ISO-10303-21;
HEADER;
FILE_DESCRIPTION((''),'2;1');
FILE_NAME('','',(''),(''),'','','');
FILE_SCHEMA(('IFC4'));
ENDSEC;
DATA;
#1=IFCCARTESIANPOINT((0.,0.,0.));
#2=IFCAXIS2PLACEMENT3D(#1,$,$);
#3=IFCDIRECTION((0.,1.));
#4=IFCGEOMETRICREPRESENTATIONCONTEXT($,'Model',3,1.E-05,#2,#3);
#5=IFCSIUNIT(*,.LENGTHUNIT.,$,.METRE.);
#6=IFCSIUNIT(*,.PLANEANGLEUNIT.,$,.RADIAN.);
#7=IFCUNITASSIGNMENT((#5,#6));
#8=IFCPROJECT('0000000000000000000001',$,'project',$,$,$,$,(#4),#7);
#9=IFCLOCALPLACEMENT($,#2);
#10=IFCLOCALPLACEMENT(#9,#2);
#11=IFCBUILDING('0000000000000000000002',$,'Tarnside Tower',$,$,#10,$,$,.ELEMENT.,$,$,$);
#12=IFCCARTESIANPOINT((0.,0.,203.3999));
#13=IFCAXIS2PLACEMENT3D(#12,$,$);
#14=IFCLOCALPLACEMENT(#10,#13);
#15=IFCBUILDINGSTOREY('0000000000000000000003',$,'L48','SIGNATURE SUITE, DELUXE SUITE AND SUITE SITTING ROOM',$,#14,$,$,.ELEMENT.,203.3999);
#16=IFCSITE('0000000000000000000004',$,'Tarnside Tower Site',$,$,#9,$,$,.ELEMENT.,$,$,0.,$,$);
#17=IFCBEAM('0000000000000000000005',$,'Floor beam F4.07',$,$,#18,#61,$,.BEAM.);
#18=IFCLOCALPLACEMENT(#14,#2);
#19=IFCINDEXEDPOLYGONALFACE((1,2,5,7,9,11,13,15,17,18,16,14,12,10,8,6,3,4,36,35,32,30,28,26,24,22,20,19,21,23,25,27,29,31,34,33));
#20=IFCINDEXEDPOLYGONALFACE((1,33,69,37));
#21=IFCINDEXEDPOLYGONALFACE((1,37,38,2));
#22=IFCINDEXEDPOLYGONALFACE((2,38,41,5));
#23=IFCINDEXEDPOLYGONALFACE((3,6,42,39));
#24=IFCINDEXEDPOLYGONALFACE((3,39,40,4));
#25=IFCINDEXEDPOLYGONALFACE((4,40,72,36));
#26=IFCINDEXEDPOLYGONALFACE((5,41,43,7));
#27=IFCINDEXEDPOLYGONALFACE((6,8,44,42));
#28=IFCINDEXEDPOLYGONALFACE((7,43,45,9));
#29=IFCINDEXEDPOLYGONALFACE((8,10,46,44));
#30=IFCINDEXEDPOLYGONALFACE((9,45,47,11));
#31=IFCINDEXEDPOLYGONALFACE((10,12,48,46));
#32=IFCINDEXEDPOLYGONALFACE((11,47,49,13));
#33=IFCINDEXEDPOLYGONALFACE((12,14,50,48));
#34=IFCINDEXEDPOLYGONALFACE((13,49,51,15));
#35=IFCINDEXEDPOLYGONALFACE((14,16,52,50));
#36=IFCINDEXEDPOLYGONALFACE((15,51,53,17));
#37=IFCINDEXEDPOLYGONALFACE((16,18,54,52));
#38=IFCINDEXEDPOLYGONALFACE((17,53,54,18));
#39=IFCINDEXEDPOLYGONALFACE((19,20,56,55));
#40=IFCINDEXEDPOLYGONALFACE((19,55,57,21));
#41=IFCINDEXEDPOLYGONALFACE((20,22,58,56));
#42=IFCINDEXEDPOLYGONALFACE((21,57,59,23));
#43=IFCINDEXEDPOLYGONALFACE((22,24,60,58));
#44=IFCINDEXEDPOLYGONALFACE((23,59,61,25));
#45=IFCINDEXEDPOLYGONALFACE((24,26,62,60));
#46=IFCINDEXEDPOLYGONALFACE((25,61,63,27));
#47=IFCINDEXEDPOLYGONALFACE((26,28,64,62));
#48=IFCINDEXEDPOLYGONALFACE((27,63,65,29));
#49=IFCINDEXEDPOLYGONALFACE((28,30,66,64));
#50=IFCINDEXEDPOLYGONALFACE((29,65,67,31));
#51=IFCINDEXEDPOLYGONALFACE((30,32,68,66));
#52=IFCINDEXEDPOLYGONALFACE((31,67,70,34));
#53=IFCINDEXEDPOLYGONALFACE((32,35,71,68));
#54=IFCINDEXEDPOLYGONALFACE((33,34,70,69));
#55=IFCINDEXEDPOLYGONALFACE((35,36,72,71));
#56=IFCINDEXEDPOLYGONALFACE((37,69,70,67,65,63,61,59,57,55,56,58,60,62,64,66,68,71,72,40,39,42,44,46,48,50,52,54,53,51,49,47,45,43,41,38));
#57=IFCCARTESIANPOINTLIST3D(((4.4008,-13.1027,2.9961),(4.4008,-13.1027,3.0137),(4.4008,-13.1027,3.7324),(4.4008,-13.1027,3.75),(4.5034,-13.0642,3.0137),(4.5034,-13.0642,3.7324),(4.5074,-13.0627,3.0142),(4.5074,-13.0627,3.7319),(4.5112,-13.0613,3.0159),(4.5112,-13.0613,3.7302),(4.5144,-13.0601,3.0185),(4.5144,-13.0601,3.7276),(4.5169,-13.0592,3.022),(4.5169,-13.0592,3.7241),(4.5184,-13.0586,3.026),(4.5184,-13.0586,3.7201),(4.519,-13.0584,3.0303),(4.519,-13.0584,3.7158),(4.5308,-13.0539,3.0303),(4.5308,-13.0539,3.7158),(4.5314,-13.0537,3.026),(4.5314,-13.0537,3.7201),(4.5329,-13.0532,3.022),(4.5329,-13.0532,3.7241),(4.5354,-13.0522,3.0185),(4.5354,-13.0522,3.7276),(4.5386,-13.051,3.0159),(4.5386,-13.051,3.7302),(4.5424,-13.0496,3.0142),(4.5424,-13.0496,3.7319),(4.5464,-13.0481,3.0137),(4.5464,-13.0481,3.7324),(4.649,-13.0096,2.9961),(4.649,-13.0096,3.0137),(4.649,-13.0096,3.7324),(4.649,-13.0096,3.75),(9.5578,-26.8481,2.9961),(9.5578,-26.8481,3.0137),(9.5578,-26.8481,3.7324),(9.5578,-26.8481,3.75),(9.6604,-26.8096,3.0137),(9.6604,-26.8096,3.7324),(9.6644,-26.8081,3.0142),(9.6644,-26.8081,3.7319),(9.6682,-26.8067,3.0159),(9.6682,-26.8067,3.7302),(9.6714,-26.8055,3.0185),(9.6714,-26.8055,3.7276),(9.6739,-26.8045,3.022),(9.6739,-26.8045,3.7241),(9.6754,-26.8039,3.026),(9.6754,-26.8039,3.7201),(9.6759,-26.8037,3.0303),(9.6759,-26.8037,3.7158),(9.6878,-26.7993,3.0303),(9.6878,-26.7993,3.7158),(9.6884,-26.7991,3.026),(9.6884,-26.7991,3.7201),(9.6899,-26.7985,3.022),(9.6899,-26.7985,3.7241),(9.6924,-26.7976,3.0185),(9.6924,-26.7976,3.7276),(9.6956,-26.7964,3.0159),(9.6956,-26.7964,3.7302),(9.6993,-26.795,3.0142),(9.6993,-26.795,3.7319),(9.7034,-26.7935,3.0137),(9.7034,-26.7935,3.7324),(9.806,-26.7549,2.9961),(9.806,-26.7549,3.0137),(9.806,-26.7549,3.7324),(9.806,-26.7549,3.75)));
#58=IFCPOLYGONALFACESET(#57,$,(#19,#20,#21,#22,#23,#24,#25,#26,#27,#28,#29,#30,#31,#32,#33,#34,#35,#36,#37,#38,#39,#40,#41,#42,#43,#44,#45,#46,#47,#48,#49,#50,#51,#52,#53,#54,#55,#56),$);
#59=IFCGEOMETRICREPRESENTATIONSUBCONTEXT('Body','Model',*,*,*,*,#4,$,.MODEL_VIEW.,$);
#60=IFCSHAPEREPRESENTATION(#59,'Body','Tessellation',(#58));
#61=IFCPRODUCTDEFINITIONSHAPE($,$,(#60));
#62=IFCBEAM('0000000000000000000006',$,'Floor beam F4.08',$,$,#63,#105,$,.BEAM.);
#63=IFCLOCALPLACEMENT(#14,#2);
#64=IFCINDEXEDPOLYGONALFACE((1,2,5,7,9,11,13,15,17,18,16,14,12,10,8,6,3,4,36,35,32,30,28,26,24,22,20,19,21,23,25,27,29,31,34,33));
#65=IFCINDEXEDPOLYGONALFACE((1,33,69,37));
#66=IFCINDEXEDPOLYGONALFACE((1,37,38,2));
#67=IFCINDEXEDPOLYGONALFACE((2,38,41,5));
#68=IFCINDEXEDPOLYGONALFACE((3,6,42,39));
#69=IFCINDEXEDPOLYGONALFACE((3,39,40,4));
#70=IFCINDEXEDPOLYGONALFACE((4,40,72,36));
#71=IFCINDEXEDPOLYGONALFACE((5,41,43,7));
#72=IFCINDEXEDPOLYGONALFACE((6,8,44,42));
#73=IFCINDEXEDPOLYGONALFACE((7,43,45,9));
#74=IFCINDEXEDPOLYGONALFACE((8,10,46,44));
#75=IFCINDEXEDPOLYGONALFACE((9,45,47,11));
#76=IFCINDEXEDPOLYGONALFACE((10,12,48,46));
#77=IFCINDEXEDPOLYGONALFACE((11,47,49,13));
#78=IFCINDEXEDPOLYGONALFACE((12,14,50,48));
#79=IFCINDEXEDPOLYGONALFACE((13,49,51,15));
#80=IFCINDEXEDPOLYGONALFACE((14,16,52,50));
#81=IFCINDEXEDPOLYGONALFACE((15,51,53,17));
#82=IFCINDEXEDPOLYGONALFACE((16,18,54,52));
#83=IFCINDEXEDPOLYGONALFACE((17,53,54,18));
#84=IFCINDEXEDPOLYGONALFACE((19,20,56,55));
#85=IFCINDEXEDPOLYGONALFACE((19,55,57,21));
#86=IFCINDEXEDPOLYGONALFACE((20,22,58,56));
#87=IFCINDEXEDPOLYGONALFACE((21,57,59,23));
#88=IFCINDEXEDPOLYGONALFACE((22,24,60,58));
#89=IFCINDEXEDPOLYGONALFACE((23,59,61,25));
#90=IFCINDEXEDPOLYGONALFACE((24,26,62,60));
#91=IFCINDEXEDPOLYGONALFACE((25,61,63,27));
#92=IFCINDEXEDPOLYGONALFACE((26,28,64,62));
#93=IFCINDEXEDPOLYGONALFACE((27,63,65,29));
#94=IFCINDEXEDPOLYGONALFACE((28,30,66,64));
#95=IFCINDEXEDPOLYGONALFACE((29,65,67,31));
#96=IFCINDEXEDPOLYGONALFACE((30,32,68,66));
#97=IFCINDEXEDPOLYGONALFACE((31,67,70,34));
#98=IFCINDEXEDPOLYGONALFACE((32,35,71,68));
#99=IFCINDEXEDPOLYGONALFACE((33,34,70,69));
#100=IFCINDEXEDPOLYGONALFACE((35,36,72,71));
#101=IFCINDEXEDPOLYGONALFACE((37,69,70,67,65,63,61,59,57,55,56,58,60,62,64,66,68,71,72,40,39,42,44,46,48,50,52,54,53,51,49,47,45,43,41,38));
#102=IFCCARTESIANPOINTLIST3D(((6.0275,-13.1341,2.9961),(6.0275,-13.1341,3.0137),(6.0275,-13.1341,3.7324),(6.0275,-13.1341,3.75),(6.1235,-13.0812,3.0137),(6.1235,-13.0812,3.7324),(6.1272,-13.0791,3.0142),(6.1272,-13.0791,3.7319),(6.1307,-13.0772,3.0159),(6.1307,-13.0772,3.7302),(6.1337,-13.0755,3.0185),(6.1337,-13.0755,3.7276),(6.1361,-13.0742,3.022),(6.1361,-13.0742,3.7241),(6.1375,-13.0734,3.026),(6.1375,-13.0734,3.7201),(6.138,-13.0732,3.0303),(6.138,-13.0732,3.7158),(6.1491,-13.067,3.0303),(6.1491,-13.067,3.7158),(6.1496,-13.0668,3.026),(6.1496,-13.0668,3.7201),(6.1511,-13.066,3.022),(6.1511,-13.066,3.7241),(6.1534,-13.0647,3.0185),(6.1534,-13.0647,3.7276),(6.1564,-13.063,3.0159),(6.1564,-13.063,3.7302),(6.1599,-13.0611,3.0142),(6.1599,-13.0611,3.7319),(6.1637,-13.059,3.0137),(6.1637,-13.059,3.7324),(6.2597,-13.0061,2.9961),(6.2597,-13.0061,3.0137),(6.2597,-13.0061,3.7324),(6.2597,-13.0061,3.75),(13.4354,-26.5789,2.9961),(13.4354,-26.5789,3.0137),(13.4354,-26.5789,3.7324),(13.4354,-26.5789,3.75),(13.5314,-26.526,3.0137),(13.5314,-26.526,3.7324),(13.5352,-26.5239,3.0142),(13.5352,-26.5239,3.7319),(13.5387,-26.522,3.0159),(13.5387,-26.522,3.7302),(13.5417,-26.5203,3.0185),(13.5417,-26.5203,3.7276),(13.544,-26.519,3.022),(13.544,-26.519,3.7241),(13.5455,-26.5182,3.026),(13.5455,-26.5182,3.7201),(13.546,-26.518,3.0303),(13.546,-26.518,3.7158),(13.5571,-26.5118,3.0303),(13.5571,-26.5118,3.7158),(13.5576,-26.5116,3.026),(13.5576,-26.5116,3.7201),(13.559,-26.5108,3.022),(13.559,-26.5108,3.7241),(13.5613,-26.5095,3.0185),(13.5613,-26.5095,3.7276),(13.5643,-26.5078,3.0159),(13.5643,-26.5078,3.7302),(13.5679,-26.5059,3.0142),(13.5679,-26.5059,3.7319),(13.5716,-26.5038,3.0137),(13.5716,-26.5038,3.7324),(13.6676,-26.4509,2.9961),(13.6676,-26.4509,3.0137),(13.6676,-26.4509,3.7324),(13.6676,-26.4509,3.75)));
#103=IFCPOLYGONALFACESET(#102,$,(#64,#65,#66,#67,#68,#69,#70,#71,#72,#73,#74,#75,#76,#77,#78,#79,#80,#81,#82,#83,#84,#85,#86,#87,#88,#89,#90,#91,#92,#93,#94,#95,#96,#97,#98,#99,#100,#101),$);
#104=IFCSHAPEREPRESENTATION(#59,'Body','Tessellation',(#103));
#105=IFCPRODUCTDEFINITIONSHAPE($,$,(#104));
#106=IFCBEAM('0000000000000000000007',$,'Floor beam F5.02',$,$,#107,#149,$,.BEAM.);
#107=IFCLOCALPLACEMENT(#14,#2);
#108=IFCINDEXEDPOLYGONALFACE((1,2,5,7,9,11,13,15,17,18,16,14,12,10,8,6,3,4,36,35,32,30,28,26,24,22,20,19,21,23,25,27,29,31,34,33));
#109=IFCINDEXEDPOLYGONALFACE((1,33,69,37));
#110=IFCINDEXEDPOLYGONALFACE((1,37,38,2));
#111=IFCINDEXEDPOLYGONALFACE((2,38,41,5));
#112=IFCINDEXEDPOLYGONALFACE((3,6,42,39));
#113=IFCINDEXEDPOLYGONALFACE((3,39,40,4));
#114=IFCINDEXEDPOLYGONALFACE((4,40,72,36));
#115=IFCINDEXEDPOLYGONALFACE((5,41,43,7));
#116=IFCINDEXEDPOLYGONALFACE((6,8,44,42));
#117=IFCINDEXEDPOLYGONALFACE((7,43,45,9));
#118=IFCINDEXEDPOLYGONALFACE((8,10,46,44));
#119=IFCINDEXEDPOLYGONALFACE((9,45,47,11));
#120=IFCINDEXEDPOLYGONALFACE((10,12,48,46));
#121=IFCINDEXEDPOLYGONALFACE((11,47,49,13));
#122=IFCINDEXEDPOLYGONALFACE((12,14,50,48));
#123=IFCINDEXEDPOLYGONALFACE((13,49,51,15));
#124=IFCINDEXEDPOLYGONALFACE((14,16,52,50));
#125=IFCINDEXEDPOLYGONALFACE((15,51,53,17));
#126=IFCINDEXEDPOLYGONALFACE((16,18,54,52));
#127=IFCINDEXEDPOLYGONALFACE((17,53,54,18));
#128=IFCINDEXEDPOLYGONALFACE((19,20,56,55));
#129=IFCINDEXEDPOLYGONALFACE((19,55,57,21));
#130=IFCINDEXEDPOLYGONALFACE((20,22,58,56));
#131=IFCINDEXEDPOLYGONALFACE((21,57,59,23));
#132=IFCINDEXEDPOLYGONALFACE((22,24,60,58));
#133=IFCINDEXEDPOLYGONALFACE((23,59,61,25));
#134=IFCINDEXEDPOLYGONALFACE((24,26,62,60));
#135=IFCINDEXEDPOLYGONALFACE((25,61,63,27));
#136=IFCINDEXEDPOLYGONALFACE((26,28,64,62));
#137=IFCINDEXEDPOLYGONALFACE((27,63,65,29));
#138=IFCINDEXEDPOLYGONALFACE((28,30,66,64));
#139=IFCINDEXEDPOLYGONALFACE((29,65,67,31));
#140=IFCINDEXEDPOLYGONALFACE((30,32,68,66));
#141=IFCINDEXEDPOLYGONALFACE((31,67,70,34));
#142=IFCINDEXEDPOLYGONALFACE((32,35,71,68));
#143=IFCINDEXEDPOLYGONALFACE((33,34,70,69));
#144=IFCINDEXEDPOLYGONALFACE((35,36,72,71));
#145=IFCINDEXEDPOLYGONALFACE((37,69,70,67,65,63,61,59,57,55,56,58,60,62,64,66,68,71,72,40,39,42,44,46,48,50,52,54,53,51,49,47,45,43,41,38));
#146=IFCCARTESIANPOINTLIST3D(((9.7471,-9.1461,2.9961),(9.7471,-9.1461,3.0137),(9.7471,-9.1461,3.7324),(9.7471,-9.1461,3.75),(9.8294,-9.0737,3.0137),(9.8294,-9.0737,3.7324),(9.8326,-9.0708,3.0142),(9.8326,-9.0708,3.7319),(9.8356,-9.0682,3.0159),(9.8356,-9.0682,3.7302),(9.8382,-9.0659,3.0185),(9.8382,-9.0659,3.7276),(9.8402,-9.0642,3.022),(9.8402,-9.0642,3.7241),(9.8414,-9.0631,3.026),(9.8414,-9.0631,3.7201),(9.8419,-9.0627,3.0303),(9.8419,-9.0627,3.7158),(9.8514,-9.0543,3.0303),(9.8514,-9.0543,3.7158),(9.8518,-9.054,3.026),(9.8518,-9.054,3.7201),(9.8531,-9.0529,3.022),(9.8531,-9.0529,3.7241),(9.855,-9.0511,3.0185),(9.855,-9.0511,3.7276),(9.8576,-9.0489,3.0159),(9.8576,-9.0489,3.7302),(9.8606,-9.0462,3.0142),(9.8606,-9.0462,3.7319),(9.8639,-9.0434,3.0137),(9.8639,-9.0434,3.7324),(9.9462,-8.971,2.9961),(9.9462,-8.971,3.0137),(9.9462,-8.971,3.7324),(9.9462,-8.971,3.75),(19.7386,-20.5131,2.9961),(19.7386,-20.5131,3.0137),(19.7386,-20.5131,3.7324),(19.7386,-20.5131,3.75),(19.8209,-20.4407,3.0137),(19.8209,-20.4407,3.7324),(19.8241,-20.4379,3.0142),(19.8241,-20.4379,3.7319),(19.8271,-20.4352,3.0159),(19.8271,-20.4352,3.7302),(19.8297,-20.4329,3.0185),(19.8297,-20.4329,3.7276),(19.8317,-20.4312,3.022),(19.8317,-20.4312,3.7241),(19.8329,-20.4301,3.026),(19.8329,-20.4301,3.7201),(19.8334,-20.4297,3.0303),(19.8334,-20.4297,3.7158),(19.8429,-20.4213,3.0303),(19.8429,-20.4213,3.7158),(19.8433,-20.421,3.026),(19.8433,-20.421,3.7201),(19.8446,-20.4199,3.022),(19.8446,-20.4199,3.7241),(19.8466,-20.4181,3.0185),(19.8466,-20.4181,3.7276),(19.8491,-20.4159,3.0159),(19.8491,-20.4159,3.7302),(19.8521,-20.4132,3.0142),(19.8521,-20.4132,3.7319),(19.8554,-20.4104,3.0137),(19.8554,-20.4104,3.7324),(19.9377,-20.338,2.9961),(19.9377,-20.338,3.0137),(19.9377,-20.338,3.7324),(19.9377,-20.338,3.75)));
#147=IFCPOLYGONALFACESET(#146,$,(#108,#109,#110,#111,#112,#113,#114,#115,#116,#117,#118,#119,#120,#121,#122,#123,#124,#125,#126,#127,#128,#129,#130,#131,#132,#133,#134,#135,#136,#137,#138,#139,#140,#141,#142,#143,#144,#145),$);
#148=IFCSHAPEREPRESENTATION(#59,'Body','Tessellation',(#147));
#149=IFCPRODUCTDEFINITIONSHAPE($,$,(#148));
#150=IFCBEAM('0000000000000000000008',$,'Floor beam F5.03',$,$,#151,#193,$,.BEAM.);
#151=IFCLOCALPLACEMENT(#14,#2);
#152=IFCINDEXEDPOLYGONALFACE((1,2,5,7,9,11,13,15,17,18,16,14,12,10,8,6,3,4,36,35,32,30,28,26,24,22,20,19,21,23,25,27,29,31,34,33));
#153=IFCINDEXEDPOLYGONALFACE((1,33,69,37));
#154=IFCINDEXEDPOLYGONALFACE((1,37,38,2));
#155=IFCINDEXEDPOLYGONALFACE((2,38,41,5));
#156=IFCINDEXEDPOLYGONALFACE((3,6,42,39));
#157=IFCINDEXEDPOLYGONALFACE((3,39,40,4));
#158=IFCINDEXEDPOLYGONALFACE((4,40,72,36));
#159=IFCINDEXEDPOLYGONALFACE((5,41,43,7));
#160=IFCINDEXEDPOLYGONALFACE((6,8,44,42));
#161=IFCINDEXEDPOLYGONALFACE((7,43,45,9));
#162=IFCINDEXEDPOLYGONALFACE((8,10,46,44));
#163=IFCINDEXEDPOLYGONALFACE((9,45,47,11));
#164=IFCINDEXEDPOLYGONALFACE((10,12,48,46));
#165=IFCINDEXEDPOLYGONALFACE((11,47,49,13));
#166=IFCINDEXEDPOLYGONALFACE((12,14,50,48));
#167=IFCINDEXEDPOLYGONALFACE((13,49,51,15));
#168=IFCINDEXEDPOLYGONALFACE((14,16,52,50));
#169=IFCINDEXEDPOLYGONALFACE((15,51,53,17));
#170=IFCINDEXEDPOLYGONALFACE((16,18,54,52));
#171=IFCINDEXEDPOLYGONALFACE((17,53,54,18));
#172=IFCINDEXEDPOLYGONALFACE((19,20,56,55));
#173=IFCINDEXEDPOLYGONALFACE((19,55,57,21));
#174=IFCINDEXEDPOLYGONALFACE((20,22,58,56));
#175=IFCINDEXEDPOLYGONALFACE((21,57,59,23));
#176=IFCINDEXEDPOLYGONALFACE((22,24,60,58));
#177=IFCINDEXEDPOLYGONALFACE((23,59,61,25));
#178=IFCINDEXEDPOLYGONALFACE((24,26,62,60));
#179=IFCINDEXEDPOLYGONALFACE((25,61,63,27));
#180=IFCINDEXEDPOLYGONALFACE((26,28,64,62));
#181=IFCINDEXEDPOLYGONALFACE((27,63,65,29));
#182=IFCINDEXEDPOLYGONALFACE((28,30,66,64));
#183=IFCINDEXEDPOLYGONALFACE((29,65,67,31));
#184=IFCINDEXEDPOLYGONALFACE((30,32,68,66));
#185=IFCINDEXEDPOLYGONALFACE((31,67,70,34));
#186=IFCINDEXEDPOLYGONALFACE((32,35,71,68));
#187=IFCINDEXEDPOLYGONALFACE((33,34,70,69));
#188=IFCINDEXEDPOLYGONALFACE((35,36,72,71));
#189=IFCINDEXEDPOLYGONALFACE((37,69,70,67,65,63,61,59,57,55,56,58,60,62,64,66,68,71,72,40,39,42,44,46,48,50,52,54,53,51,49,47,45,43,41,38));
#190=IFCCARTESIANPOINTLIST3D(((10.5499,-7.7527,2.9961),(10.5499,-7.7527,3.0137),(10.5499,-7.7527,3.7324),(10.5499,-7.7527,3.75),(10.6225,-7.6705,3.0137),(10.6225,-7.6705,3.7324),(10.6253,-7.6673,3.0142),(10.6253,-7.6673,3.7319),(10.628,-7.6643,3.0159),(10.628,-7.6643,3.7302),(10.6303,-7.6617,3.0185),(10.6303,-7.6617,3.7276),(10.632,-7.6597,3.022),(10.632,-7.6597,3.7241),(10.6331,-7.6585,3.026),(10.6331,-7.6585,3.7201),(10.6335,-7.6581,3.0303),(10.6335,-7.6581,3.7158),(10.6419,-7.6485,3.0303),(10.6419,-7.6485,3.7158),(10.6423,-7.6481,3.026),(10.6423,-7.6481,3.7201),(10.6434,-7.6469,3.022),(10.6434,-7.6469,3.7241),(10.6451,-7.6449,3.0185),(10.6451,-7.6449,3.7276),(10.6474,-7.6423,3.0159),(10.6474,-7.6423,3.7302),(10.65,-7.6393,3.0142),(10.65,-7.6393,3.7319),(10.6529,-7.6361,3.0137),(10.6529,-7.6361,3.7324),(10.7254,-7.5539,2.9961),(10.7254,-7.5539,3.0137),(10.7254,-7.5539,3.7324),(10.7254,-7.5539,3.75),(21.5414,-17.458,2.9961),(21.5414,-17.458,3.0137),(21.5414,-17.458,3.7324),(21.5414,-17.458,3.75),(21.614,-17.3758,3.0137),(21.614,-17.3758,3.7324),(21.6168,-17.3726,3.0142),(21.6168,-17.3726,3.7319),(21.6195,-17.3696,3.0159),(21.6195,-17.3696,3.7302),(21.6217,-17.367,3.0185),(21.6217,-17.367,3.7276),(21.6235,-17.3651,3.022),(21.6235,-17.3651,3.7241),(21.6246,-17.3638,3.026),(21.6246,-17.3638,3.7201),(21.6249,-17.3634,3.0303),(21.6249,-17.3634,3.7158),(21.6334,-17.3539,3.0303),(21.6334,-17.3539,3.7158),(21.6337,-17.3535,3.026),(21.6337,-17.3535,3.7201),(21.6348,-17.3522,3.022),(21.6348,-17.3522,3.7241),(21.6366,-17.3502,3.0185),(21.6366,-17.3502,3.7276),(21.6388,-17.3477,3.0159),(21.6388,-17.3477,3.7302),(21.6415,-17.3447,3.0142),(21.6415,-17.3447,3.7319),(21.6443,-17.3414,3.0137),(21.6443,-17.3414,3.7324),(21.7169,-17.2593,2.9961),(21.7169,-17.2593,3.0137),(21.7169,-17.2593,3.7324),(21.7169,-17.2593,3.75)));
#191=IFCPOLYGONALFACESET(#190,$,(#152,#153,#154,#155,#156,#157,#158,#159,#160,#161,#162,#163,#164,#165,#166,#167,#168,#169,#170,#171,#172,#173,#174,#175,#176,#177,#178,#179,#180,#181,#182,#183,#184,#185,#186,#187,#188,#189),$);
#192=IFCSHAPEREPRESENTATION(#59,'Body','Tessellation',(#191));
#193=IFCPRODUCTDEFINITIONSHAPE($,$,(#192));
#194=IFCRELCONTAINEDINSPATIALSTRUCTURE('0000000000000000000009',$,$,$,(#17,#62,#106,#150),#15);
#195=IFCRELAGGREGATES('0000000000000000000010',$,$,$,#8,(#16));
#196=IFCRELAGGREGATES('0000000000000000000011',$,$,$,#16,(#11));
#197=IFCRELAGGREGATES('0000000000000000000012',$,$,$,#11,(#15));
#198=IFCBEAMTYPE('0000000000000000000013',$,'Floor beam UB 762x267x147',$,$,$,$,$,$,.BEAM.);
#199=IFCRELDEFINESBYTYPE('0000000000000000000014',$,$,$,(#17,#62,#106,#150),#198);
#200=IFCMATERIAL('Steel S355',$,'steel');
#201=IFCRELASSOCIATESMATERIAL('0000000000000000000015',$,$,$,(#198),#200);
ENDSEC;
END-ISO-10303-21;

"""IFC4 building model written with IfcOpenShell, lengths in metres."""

from ifc_helpers import new_model, si_unit, direction, frame, origin, origin_2d, place, context, subcontext, project, spatial, i_section, extrude, material, material_profile, profile_set, type_object, element, save


model = new_model("IFC4")

# Units and contexts
model_context = context("Model", 3, precision=1e-05, world=origin(), true_north=direction((0.0, 1.0)))
body_context = subcontext(model_context, "Body", "Model", "MODEL_VIEW")
ifc_project = project(units=[si_unit("LENGTHUNIT", "METRE"), si_unit("PLANEANGLEUNIT", "RADIAN")], contexts=[model_context])

# Site, building, storey
site_placement = place(None, origin())
site = spatial("IfcSite", under=ifc_project, at=site_placement, Name="Tarnside Tower Site", CompositionType="ELEMENT", RefElevation=0.0)
building_placement = place(site_placement, origin())
building = spatial("IfcBuilding", under=site, at=building_placement, Name="Tarnside Tower", CompositionType="ELEMENT")
storey_placement = place(building_placement, frame((0.0, 0.0, 203.3999)))
storey = spatial("IfcBuildingStorey", under=building, at=storey_placement, Name="L48", Description="SIGNATURE SUITE, DELUXE SUITE AND SUITE SITTING ROOM", CompositionType="ELEMENT", Elevation=203.3999)

# Beams
ifc_material_1 = material(Name="Steel S355", Category="steel")
ifc_material_profile_1 = material_profile(ifc_material_1, i_section(OverallWidth=0.2651, OverallDepth=0.7539, WebThickness=0.0127, FlangeThickness=0.0176, FilletRadius=0.0166, at=origin_2d()), Name="UB 762x267x147")
ifc_profile_set_1 = profile_set([ifc_material_profile_1], Name="Steel S355")
beam_type_1 = type_object("IfcBeamType", Name="Floor beam UB 762x267x147", PredefinedType="BEAM", material=ifc_profile_set_1)
beam_1_placement = place(storey_placement, frame((9.6819, -26.8015, 3.373), z_axis=(-0.351271, 0.936274, 0.0), x_axis=(-0.936274, -0.351271, 0.0)))
element("IfcBeam", 1, at=beam_1_placement, inside=storey, type_object=beam_type_1, Name="Floor beam F4.07", PredefinedType="BEAM", context=body_context, shape_type="SweptSolid", body=[
    extrude(i_section(OverallWidth=0.2651, OverallDepth=0.7539, WebThickness=0.0127, FlangeThickness=0.0176, FilletRadius=0.0166, at=origin_2d()), origin(), (0.0, 0.0, 1.0), 14.6809),
])
beam_2_placement = place(storey_placement, frame((13.5515, -26.5149, 3.373), z_axis=(-0.482584, 0.87585, 0.0), x_axis=(-0.87585, -0.482584, 0.0)))
element("IfcBeam", 2, at=beam_2_placement, inside=storey, type_object=beam_type_1, Name="Floor beam F4.08", PredefinedType="BEAM", context=body_context, shape_type="SweptSolid", body=[
    extrude(i_section(OverallWidth=0.2651, OverallDepth=0.7539, WebThickness=0.0127, FlangeThickness=0.0176, FilletRadius=0.0166, at=origin_2d()), origin(), (0.0, 0.0, 1.0), 15.3506),
])
beam_3_placement = place(storey_placement, frame((19.8381, -20.4255, 3.373), z_axis=(-0.660201, 0.751089, 0.0), x_axis=(-0.751089, -0.660201, 0.0)))
element("IfcBeam", 3, at=beam_3_placement, inside=storey, type_object=beam_type_1, Name="Floor beam F5.02", PredefinedType="BEAM", context=body_context, shape_type="SweptSolid", body=[
    extrude(i_section(OverallWidth=0.2651, OverallDepth=0.7539, WebThickness=0.0127, FlangeThickness=0.0176, FilletRadius=0.0166, at=origin_2d()), origin(), (0.0, 0.0, 1.0), 15.134),
])
beam_4_placement = place(storey_placement, frame((21.6292, -17.3586, 3.373), z_axis=(-0.749602, 0.661889, 0.0), x_axis=(-0.661889, -0.749602, 0.0)))
element("IfcBeam", 4, at=beam_4_placement, inside=storey, type_object=beam_type_1, Name="Floor beam F5.03", PredefinedType="BEAM", context=body_context, shape_type="SweptSolid", body=[
    extrude(i_section(OverallWidth=0.2651, OverallDepth=0.7539, WebThickness=0.0127, FlangeThickness=0.0176, FilletRadius=0.0166, at=origin_2d()), origin(), (0.0, 0.0, 1.0), 14.6631),
])

save(model, "model.ifc")
